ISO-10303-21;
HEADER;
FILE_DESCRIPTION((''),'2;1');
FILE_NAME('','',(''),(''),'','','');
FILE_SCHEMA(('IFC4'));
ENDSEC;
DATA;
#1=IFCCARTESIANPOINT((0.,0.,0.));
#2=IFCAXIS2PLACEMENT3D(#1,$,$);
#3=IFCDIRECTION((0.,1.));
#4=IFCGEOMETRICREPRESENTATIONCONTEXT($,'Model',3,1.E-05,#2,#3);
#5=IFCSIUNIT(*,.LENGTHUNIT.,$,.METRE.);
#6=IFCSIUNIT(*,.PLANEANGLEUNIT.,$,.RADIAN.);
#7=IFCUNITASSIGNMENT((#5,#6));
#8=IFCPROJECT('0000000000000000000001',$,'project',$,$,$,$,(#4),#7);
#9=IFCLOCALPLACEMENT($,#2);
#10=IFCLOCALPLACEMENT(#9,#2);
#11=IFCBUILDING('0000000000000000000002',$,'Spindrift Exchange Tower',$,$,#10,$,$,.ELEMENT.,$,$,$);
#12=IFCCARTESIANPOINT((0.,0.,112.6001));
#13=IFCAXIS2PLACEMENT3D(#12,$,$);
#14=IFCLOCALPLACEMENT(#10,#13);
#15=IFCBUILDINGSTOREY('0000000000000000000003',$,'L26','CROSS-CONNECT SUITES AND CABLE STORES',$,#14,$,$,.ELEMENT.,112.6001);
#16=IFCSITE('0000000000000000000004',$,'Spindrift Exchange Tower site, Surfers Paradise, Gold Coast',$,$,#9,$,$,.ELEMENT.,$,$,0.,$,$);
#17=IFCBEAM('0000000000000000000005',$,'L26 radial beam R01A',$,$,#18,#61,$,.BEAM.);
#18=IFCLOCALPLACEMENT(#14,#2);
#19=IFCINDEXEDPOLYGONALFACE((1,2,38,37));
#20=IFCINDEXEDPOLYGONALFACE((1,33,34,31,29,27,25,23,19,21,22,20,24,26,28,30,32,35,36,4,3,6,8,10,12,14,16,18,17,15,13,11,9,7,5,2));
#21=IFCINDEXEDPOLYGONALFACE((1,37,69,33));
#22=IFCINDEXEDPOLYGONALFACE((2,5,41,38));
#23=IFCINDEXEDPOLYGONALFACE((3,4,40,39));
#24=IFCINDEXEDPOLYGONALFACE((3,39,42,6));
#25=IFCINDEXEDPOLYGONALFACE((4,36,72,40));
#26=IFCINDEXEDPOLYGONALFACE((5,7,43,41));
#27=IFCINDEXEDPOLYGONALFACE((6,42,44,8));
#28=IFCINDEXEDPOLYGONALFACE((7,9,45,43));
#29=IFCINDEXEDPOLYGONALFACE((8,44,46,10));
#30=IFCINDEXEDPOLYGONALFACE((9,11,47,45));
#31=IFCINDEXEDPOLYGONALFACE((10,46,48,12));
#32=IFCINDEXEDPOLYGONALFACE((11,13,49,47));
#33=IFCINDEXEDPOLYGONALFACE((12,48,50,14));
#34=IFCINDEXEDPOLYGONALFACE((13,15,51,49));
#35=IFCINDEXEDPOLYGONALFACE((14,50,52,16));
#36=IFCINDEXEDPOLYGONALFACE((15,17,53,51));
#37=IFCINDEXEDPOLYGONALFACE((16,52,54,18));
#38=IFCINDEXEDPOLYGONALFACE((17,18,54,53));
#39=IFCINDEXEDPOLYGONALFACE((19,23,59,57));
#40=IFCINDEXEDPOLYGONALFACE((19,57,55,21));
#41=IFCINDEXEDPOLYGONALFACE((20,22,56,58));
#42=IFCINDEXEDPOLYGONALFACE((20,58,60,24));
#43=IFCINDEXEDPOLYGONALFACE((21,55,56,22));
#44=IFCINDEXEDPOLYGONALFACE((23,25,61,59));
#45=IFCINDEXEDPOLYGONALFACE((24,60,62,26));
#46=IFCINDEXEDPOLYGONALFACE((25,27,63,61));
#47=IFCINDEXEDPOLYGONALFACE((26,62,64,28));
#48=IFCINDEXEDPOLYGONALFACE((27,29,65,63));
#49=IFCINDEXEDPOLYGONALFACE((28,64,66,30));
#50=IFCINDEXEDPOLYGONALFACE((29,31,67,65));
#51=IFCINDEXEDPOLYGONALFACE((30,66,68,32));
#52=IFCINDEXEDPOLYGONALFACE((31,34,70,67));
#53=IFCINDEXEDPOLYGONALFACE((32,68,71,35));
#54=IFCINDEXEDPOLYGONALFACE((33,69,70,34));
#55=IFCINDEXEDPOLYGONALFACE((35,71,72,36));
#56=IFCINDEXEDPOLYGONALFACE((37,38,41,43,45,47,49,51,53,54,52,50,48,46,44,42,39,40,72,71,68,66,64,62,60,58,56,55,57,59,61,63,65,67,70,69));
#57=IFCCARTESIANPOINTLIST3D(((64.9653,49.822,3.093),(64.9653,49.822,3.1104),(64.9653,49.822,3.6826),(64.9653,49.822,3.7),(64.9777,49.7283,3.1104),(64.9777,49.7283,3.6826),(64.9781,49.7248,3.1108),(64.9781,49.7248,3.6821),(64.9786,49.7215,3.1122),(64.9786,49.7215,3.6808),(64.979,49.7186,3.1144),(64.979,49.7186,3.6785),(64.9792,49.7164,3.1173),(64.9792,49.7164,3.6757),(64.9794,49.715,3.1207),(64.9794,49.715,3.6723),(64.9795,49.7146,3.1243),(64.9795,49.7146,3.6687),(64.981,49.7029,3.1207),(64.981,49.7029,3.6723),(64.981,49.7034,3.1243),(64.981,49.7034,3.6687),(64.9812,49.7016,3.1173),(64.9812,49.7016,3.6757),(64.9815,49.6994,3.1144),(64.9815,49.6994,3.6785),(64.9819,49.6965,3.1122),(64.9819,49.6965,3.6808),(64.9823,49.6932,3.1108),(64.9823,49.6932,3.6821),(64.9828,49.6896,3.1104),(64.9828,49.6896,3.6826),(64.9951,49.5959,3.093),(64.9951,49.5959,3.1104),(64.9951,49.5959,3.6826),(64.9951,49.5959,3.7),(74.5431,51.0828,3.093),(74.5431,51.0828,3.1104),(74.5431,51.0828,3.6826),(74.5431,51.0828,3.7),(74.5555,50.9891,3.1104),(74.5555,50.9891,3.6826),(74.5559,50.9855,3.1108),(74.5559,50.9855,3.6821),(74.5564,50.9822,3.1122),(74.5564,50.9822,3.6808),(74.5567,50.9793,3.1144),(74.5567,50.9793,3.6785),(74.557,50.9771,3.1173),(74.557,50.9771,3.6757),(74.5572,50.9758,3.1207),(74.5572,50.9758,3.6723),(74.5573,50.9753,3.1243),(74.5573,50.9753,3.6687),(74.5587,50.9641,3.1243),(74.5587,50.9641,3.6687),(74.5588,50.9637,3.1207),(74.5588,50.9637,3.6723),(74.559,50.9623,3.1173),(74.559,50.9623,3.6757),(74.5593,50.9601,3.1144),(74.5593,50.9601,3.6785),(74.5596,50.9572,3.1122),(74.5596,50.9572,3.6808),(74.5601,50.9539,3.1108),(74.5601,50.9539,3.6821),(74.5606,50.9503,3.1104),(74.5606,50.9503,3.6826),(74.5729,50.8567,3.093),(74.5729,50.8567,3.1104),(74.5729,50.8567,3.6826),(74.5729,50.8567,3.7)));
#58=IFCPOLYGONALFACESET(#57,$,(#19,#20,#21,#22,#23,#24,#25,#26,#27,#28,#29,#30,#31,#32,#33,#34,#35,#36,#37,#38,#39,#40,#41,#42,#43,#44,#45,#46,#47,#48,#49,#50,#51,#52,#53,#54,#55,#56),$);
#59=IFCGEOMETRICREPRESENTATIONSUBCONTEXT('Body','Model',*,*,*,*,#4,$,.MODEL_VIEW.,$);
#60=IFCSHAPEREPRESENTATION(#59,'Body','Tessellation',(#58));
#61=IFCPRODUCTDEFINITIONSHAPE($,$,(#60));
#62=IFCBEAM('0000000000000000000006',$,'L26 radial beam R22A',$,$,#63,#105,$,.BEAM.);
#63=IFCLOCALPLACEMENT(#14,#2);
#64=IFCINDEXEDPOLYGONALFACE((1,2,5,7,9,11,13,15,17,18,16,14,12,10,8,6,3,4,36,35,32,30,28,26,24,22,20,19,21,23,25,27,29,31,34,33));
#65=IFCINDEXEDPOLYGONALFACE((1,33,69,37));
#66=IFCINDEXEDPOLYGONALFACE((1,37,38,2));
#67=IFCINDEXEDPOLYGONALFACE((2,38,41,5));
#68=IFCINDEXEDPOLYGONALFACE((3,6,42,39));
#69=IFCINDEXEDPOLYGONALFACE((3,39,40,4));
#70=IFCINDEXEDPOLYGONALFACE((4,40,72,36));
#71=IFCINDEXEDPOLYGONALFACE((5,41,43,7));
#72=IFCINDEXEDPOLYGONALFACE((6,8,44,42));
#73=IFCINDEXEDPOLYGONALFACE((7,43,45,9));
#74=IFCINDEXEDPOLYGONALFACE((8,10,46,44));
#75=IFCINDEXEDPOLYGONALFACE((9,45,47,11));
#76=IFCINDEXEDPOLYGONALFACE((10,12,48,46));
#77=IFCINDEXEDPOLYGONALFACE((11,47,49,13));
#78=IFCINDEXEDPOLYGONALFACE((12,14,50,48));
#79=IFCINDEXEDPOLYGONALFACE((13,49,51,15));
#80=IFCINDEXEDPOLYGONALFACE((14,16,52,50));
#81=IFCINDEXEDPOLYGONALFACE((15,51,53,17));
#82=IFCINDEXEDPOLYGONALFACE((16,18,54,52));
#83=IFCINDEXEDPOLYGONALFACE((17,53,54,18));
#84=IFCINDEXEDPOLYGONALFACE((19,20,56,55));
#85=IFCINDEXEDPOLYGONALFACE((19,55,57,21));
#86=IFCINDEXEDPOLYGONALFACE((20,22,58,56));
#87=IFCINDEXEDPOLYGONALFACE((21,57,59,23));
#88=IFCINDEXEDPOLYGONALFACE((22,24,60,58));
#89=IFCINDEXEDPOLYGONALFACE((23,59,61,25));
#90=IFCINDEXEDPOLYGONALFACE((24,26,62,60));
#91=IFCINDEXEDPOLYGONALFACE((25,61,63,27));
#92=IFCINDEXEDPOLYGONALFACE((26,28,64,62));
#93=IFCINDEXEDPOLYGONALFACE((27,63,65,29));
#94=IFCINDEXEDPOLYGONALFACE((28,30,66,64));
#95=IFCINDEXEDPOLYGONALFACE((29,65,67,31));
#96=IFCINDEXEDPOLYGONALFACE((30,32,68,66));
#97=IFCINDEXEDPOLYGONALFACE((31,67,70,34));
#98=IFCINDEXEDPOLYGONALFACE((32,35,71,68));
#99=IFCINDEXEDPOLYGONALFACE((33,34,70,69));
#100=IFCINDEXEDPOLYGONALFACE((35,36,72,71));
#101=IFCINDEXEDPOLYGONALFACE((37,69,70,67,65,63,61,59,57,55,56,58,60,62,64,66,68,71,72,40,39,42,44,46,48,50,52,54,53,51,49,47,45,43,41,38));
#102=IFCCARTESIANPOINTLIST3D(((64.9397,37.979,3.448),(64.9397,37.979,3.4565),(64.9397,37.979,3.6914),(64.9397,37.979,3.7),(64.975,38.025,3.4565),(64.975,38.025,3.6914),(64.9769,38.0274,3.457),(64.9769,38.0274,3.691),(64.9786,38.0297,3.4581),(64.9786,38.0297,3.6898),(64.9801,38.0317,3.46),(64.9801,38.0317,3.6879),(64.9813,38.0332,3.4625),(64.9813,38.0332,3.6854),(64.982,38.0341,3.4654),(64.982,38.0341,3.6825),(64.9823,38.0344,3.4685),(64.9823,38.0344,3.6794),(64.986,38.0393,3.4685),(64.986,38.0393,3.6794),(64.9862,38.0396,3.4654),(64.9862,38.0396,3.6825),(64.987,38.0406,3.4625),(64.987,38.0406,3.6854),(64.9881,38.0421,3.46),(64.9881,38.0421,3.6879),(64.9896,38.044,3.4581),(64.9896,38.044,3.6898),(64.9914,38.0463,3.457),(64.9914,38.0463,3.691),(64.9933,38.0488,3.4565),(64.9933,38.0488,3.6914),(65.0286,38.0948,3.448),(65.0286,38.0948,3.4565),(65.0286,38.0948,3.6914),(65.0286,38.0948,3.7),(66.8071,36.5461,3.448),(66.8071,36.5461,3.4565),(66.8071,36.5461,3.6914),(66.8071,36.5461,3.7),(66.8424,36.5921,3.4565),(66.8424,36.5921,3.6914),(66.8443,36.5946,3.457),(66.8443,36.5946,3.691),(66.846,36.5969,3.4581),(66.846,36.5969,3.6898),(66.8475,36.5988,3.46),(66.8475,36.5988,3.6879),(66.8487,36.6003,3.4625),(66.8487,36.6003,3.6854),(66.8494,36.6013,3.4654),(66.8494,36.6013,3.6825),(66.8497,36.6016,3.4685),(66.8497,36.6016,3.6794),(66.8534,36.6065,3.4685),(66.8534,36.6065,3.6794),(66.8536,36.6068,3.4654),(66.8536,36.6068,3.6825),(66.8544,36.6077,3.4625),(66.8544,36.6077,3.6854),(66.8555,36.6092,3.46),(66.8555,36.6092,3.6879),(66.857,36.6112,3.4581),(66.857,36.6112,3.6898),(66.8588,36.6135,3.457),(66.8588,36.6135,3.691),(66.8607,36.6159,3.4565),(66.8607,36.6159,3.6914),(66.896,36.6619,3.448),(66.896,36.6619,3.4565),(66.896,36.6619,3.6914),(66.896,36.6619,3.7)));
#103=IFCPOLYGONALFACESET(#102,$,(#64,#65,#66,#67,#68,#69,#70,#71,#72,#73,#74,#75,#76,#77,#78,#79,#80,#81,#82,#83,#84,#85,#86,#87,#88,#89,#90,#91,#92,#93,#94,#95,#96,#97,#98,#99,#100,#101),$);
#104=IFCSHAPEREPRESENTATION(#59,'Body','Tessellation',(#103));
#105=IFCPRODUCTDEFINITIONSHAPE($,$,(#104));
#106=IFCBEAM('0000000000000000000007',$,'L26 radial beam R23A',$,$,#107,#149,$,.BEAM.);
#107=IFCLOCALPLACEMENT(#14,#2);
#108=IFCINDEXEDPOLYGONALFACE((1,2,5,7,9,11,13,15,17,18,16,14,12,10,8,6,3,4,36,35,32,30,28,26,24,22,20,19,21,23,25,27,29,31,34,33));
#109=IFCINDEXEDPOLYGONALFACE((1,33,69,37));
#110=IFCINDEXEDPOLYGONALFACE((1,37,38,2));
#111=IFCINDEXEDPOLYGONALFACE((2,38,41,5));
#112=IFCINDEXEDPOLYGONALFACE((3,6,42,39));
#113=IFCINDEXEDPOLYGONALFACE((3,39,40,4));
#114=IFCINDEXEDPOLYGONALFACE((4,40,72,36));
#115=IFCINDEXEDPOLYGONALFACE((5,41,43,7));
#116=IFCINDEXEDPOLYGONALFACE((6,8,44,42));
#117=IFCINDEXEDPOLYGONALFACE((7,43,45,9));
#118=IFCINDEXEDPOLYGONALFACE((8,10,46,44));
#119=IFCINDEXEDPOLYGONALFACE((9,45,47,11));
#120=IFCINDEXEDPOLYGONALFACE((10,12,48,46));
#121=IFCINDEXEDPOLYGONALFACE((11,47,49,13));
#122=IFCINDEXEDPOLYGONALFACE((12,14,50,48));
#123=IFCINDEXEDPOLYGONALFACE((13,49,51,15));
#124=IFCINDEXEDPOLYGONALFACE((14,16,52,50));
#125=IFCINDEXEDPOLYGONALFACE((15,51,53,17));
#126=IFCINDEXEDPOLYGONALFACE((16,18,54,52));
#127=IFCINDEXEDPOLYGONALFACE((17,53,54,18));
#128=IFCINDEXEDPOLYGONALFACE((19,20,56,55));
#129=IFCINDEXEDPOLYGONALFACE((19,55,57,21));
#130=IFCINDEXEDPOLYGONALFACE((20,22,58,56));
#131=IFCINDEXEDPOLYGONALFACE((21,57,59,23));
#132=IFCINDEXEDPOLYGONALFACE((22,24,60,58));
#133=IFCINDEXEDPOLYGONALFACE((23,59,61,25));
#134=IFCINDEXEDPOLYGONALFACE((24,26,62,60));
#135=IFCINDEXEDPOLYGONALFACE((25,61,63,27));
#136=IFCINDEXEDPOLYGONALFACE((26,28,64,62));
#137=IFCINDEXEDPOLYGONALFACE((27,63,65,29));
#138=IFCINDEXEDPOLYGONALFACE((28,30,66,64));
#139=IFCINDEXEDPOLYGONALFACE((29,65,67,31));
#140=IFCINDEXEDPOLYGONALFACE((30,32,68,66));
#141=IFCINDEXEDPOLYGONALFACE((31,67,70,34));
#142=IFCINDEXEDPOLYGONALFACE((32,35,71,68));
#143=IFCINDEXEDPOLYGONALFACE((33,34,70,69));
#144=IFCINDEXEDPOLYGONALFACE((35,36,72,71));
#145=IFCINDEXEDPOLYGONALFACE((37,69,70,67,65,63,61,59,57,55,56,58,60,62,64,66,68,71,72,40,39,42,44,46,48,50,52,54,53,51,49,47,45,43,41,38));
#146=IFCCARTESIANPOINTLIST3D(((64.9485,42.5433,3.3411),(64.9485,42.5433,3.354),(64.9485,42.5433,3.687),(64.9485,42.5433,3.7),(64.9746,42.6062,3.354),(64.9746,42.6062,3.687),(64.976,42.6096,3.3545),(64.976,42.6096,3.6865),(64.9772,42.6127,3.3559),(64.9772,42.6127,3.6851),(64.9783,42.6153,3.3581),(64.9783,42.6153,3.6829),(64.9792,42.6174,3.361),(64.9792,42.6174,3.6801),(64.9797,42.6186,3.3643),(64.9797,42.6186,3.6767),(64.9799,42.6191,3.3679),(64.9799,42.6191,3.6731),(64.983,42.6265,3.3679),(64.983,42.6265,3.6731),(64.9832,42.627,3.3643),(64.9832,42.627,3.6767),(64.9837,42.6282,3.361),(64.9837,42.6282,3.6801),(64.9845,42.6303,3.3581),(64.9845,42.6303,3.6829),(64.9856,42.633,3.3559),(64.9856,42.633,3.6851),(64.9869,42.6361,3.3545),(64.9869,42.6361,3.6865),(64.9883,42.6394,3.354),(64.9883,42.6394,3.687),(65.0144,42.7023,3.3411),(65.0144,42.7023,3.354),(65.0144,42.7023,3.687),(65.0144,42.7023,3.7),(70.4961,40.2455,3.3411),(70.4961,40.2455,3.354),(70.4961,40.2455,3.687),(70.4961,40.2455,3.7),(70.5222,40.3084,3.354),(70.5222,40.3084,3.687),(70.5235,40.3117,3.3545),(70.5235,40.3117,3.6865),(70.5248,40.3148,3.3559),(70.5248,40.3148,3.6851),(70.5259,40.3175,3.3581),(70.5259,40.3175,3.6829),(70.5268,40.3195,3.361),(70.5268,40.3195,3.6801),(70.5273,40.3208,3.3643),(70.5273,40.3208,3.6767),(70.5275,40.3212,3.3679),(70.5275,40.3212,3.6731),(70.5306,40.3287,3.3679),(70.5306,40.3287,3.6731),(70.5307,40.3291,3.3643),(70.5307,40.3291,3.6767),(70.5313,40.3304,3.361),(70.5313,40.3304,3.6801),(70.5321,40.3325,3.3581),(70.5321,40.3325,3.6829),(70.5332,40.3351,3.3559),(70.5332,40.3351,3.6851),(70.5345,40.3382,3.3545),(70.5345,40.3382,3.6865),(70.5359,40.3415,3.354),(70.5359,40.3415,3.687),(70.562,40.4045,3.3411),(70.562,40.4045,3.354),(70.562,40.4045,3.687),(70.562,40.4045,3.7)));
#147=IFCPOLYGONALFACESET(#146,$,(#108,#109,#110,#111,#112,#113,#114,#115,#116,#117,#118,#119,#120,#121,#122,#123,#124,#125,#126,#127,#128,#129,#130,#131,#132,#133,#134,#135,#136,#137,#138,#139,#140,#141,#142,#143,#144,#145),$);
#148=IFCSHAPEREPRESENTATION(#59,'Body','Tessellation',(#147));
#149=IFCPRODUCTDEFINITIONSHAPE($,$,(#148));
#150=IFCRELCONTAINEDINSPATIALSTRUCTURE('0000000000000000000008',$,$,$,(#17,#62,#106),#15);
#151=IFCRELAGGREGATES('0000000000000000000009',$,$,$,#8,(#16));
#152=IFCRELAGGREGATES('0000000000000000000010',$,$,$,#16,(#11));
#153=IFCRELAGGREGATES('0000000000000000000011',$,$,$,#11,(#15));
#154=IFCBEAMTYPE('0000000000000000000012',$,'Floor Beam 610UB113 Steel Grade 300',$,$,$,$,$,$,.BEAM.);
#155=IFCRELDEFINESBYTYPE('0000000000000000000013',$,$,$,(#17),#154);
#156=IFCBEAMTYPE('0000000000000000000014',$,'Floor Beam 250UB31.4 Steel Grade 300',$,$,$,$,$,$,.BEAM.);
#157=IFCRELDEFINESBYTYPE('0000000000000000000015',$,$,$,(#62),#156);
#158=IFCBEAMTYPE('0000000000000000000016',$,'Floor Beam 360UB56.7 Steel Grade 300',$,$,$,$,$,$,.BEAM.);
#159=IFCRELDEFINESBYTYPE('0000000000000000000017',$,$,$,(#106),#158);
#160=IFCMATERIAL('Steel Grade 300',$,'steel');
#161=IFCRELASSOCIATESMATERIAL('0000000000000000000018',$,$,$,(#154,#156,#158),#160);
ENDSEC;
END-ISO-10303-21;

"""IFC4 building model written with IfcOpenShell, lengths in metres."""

from ifc_helpers import new_model, si_unit, direction, frame, origin, origin_2d, place, context, subcontext, project, spatial, i_section, extrude, source, transform, mapped, material, material_profile, profile_set, type_object, element, save


model = new_model("IFC4")

# Units and contexts
model_context = context("Model", 3, precision=1e-05, world=origin(), true_north=direction((0.0, 1.0)))
body_context = subcontext(model_context, "Body", "Model", "MODEL_VIEW")
ifc_project = project(units=[si_unit("LENGTHUNIT", "METRE"), si_unit("PLANEANGLEUNIT", "RADIAN")], contexts=[model_context])

# Site, building, storey
site_placement = place(None, origin())
site = spatial("IfcSite", under=ifc_project, at=site_placement, Name="Spindrift Exchange Tower site, Surfers Paradise, Gold Coast", CompositionType="ELEMENT", RefElevation=0.0)
building_placement = place(site_placement, origin())
building = spatial("IfcBuilding", under=site, at=building_placement, Name="Spindrift Exchange Tower", CompositionType="ELEMENT")
storey_placement = place(building_placement, frame((0.0, 0.0, 112.6001)))
storey = spatial("IfcBuildingStorey", under=building, at=storey_placement, Name="L26", Description="CROSS-CONNECT SUITES AND CABLE STORES", CompositionType="ELEMENT", Elevation=112.6001)

# Beams
ifc_material_1 = material(Name="Steel Grade 300", Category="steel")
ifc_material_profile_1 = material_profile(ifc_material_1, i_section(OverallWidth=0.228, OverallDepth=0.6069, WebThickness=0.0112, FlangeThickness=0.0173, FilletRadius=0.0139, at=origin_2d()), Name="610UB113")
ifc_profile_set_1 = profile_set([ifc_material_profile_1], Name="Steel Grade 300")
beam_type_1 = type_object("IfcBeamType", Name="Floor Beam 610UB113 Steel Grade 300", PredefinedType="BEAM", material=ifc_profile_set_1)
shared_shape_1 = source(origin(), body_context, "Body", "SweptSolid", [
    extrude(i_section(OverallWidth=0.228, OverallDepth=0.6069, WebThickness=0.0112, FlangeThickness=0.0173, FilletRadius=0.0139, at=origin_2d()), origin(), (0.0, 0.0, 1.0), 9.6604),
])
beam_1_placement = place(storey_placement, frame((64.9802, 49.709, 3.3965), z_axis=(0.991448, 0.130505, 0.0), x_axis=(-0.130505, 0.991448, 0.0)))
element("IfcBeam", 1, at=beam_1_placement, inside=storey, type_object=beam_type_1, Name="L26 radial beam R01A", PredefinedType="BEAM", context=body_context, shape_type="MappedRepresentation", body=[
    mapped(shared_shape_1, transform((0.0, 0.0, 0.0), scale=1.0)),
])
ifc_material_profile_2 = material_profile(ifc_material_1, i_section(OverallWidth=0.146, OverallDepth=0.252, WebThickness=0.0061, FlangeThickness=0.0085, FilletRadius=0.012, at=origin_2d()), Name="250UB31.4")
ifc_profile_set_2 = profile_set([ifc_material_profile_2], Name="Steel Grade 300")
beam_type_2 = type_object("IfcBeamType", Name="Floor Beam 250UB31.4 Steel Grade 300", PredefinedType="BEAM", material=ifc_profile_set_2)
shared_shape_2 = source(origin(), body_context, "Body", "SweptSolid", [
    extrude(i_section(OverallWidth=0.146, OverallDepth=0.252, WebThickness=0.0061, FlangeThickness=0.0085, FilletRadius=0.012, at=origin_2d()), origin(), (0.0, 0.0, 1.0), 2.3538),
])
beam_2_placement = place(storey_placement, frame((64.9841, 38.0369, 3.574), z_axis=(0.793368, -0.608743, 0.0), x_axis=(0.608743, 0.793368, 0.0)))
element("IfcBeam", 2, at=beam_2_placement, inside=storey, type_object=beam_type_2, Name="L26 radial beam R22A", PredefinedType="BEAM", context=body_context, shape_type="MappedRepresentation", body=[
    mapped(shared_shape_2, transform((0.0, 0.0, 0.0), scale=1.0)),
])
ifc_material_profile_3 = material_profile(ifc_material_1, i_section(OverallWidth=0.1721, OverallDepth=0.3589, WebThickness=0.0081, FlangeThickness=0.0129, FilletRadius=0.0139, at=origin_2d()), Name="360UB56.7")
ifc_profile_set_3 = profile_set([ifc_material_profile_3], Name="Steel Grade 300")
beam_type_3 = type_object("IfcBeamType", Name="Floor Beam 360UB56.7 Steel Grade 300", PredefinedType="BEAM", material=ifc_profile_set_3)
shared_shape_3 = source(origin(), body_context, "Body", "SweptSolid", [
    extrude(i_section(OverallWidth=0.1721, OverallDepth=0.3589, WebThickness=0.0081, FlangeThickness=0.0129, FilletRadius=0.0139, at=origin_2d()), origin(), (0.0, 0.0, 1.0), 6.0046),
])
beam_3_placement = place(storey_placement, frame((64.9814, 42.6228, 3.5205), z_axis=(0.923882, -0.382677, 0.0), x_axis=(0.382677, 0.923882, 0.0)))
element("IfcBeam", 3, at=beam_3_placement, inside=storey, type_object=beam_type_3, Name="L26 radial beam R23A", PredefinedType="BEAM", context=body_context, shape_type="MappedRepresentation", body=[
    mapped(shared_shape_3, transform((0.0, 0.0, 0.0), scale=1.0)),
])

save(model, "model.ifc")
